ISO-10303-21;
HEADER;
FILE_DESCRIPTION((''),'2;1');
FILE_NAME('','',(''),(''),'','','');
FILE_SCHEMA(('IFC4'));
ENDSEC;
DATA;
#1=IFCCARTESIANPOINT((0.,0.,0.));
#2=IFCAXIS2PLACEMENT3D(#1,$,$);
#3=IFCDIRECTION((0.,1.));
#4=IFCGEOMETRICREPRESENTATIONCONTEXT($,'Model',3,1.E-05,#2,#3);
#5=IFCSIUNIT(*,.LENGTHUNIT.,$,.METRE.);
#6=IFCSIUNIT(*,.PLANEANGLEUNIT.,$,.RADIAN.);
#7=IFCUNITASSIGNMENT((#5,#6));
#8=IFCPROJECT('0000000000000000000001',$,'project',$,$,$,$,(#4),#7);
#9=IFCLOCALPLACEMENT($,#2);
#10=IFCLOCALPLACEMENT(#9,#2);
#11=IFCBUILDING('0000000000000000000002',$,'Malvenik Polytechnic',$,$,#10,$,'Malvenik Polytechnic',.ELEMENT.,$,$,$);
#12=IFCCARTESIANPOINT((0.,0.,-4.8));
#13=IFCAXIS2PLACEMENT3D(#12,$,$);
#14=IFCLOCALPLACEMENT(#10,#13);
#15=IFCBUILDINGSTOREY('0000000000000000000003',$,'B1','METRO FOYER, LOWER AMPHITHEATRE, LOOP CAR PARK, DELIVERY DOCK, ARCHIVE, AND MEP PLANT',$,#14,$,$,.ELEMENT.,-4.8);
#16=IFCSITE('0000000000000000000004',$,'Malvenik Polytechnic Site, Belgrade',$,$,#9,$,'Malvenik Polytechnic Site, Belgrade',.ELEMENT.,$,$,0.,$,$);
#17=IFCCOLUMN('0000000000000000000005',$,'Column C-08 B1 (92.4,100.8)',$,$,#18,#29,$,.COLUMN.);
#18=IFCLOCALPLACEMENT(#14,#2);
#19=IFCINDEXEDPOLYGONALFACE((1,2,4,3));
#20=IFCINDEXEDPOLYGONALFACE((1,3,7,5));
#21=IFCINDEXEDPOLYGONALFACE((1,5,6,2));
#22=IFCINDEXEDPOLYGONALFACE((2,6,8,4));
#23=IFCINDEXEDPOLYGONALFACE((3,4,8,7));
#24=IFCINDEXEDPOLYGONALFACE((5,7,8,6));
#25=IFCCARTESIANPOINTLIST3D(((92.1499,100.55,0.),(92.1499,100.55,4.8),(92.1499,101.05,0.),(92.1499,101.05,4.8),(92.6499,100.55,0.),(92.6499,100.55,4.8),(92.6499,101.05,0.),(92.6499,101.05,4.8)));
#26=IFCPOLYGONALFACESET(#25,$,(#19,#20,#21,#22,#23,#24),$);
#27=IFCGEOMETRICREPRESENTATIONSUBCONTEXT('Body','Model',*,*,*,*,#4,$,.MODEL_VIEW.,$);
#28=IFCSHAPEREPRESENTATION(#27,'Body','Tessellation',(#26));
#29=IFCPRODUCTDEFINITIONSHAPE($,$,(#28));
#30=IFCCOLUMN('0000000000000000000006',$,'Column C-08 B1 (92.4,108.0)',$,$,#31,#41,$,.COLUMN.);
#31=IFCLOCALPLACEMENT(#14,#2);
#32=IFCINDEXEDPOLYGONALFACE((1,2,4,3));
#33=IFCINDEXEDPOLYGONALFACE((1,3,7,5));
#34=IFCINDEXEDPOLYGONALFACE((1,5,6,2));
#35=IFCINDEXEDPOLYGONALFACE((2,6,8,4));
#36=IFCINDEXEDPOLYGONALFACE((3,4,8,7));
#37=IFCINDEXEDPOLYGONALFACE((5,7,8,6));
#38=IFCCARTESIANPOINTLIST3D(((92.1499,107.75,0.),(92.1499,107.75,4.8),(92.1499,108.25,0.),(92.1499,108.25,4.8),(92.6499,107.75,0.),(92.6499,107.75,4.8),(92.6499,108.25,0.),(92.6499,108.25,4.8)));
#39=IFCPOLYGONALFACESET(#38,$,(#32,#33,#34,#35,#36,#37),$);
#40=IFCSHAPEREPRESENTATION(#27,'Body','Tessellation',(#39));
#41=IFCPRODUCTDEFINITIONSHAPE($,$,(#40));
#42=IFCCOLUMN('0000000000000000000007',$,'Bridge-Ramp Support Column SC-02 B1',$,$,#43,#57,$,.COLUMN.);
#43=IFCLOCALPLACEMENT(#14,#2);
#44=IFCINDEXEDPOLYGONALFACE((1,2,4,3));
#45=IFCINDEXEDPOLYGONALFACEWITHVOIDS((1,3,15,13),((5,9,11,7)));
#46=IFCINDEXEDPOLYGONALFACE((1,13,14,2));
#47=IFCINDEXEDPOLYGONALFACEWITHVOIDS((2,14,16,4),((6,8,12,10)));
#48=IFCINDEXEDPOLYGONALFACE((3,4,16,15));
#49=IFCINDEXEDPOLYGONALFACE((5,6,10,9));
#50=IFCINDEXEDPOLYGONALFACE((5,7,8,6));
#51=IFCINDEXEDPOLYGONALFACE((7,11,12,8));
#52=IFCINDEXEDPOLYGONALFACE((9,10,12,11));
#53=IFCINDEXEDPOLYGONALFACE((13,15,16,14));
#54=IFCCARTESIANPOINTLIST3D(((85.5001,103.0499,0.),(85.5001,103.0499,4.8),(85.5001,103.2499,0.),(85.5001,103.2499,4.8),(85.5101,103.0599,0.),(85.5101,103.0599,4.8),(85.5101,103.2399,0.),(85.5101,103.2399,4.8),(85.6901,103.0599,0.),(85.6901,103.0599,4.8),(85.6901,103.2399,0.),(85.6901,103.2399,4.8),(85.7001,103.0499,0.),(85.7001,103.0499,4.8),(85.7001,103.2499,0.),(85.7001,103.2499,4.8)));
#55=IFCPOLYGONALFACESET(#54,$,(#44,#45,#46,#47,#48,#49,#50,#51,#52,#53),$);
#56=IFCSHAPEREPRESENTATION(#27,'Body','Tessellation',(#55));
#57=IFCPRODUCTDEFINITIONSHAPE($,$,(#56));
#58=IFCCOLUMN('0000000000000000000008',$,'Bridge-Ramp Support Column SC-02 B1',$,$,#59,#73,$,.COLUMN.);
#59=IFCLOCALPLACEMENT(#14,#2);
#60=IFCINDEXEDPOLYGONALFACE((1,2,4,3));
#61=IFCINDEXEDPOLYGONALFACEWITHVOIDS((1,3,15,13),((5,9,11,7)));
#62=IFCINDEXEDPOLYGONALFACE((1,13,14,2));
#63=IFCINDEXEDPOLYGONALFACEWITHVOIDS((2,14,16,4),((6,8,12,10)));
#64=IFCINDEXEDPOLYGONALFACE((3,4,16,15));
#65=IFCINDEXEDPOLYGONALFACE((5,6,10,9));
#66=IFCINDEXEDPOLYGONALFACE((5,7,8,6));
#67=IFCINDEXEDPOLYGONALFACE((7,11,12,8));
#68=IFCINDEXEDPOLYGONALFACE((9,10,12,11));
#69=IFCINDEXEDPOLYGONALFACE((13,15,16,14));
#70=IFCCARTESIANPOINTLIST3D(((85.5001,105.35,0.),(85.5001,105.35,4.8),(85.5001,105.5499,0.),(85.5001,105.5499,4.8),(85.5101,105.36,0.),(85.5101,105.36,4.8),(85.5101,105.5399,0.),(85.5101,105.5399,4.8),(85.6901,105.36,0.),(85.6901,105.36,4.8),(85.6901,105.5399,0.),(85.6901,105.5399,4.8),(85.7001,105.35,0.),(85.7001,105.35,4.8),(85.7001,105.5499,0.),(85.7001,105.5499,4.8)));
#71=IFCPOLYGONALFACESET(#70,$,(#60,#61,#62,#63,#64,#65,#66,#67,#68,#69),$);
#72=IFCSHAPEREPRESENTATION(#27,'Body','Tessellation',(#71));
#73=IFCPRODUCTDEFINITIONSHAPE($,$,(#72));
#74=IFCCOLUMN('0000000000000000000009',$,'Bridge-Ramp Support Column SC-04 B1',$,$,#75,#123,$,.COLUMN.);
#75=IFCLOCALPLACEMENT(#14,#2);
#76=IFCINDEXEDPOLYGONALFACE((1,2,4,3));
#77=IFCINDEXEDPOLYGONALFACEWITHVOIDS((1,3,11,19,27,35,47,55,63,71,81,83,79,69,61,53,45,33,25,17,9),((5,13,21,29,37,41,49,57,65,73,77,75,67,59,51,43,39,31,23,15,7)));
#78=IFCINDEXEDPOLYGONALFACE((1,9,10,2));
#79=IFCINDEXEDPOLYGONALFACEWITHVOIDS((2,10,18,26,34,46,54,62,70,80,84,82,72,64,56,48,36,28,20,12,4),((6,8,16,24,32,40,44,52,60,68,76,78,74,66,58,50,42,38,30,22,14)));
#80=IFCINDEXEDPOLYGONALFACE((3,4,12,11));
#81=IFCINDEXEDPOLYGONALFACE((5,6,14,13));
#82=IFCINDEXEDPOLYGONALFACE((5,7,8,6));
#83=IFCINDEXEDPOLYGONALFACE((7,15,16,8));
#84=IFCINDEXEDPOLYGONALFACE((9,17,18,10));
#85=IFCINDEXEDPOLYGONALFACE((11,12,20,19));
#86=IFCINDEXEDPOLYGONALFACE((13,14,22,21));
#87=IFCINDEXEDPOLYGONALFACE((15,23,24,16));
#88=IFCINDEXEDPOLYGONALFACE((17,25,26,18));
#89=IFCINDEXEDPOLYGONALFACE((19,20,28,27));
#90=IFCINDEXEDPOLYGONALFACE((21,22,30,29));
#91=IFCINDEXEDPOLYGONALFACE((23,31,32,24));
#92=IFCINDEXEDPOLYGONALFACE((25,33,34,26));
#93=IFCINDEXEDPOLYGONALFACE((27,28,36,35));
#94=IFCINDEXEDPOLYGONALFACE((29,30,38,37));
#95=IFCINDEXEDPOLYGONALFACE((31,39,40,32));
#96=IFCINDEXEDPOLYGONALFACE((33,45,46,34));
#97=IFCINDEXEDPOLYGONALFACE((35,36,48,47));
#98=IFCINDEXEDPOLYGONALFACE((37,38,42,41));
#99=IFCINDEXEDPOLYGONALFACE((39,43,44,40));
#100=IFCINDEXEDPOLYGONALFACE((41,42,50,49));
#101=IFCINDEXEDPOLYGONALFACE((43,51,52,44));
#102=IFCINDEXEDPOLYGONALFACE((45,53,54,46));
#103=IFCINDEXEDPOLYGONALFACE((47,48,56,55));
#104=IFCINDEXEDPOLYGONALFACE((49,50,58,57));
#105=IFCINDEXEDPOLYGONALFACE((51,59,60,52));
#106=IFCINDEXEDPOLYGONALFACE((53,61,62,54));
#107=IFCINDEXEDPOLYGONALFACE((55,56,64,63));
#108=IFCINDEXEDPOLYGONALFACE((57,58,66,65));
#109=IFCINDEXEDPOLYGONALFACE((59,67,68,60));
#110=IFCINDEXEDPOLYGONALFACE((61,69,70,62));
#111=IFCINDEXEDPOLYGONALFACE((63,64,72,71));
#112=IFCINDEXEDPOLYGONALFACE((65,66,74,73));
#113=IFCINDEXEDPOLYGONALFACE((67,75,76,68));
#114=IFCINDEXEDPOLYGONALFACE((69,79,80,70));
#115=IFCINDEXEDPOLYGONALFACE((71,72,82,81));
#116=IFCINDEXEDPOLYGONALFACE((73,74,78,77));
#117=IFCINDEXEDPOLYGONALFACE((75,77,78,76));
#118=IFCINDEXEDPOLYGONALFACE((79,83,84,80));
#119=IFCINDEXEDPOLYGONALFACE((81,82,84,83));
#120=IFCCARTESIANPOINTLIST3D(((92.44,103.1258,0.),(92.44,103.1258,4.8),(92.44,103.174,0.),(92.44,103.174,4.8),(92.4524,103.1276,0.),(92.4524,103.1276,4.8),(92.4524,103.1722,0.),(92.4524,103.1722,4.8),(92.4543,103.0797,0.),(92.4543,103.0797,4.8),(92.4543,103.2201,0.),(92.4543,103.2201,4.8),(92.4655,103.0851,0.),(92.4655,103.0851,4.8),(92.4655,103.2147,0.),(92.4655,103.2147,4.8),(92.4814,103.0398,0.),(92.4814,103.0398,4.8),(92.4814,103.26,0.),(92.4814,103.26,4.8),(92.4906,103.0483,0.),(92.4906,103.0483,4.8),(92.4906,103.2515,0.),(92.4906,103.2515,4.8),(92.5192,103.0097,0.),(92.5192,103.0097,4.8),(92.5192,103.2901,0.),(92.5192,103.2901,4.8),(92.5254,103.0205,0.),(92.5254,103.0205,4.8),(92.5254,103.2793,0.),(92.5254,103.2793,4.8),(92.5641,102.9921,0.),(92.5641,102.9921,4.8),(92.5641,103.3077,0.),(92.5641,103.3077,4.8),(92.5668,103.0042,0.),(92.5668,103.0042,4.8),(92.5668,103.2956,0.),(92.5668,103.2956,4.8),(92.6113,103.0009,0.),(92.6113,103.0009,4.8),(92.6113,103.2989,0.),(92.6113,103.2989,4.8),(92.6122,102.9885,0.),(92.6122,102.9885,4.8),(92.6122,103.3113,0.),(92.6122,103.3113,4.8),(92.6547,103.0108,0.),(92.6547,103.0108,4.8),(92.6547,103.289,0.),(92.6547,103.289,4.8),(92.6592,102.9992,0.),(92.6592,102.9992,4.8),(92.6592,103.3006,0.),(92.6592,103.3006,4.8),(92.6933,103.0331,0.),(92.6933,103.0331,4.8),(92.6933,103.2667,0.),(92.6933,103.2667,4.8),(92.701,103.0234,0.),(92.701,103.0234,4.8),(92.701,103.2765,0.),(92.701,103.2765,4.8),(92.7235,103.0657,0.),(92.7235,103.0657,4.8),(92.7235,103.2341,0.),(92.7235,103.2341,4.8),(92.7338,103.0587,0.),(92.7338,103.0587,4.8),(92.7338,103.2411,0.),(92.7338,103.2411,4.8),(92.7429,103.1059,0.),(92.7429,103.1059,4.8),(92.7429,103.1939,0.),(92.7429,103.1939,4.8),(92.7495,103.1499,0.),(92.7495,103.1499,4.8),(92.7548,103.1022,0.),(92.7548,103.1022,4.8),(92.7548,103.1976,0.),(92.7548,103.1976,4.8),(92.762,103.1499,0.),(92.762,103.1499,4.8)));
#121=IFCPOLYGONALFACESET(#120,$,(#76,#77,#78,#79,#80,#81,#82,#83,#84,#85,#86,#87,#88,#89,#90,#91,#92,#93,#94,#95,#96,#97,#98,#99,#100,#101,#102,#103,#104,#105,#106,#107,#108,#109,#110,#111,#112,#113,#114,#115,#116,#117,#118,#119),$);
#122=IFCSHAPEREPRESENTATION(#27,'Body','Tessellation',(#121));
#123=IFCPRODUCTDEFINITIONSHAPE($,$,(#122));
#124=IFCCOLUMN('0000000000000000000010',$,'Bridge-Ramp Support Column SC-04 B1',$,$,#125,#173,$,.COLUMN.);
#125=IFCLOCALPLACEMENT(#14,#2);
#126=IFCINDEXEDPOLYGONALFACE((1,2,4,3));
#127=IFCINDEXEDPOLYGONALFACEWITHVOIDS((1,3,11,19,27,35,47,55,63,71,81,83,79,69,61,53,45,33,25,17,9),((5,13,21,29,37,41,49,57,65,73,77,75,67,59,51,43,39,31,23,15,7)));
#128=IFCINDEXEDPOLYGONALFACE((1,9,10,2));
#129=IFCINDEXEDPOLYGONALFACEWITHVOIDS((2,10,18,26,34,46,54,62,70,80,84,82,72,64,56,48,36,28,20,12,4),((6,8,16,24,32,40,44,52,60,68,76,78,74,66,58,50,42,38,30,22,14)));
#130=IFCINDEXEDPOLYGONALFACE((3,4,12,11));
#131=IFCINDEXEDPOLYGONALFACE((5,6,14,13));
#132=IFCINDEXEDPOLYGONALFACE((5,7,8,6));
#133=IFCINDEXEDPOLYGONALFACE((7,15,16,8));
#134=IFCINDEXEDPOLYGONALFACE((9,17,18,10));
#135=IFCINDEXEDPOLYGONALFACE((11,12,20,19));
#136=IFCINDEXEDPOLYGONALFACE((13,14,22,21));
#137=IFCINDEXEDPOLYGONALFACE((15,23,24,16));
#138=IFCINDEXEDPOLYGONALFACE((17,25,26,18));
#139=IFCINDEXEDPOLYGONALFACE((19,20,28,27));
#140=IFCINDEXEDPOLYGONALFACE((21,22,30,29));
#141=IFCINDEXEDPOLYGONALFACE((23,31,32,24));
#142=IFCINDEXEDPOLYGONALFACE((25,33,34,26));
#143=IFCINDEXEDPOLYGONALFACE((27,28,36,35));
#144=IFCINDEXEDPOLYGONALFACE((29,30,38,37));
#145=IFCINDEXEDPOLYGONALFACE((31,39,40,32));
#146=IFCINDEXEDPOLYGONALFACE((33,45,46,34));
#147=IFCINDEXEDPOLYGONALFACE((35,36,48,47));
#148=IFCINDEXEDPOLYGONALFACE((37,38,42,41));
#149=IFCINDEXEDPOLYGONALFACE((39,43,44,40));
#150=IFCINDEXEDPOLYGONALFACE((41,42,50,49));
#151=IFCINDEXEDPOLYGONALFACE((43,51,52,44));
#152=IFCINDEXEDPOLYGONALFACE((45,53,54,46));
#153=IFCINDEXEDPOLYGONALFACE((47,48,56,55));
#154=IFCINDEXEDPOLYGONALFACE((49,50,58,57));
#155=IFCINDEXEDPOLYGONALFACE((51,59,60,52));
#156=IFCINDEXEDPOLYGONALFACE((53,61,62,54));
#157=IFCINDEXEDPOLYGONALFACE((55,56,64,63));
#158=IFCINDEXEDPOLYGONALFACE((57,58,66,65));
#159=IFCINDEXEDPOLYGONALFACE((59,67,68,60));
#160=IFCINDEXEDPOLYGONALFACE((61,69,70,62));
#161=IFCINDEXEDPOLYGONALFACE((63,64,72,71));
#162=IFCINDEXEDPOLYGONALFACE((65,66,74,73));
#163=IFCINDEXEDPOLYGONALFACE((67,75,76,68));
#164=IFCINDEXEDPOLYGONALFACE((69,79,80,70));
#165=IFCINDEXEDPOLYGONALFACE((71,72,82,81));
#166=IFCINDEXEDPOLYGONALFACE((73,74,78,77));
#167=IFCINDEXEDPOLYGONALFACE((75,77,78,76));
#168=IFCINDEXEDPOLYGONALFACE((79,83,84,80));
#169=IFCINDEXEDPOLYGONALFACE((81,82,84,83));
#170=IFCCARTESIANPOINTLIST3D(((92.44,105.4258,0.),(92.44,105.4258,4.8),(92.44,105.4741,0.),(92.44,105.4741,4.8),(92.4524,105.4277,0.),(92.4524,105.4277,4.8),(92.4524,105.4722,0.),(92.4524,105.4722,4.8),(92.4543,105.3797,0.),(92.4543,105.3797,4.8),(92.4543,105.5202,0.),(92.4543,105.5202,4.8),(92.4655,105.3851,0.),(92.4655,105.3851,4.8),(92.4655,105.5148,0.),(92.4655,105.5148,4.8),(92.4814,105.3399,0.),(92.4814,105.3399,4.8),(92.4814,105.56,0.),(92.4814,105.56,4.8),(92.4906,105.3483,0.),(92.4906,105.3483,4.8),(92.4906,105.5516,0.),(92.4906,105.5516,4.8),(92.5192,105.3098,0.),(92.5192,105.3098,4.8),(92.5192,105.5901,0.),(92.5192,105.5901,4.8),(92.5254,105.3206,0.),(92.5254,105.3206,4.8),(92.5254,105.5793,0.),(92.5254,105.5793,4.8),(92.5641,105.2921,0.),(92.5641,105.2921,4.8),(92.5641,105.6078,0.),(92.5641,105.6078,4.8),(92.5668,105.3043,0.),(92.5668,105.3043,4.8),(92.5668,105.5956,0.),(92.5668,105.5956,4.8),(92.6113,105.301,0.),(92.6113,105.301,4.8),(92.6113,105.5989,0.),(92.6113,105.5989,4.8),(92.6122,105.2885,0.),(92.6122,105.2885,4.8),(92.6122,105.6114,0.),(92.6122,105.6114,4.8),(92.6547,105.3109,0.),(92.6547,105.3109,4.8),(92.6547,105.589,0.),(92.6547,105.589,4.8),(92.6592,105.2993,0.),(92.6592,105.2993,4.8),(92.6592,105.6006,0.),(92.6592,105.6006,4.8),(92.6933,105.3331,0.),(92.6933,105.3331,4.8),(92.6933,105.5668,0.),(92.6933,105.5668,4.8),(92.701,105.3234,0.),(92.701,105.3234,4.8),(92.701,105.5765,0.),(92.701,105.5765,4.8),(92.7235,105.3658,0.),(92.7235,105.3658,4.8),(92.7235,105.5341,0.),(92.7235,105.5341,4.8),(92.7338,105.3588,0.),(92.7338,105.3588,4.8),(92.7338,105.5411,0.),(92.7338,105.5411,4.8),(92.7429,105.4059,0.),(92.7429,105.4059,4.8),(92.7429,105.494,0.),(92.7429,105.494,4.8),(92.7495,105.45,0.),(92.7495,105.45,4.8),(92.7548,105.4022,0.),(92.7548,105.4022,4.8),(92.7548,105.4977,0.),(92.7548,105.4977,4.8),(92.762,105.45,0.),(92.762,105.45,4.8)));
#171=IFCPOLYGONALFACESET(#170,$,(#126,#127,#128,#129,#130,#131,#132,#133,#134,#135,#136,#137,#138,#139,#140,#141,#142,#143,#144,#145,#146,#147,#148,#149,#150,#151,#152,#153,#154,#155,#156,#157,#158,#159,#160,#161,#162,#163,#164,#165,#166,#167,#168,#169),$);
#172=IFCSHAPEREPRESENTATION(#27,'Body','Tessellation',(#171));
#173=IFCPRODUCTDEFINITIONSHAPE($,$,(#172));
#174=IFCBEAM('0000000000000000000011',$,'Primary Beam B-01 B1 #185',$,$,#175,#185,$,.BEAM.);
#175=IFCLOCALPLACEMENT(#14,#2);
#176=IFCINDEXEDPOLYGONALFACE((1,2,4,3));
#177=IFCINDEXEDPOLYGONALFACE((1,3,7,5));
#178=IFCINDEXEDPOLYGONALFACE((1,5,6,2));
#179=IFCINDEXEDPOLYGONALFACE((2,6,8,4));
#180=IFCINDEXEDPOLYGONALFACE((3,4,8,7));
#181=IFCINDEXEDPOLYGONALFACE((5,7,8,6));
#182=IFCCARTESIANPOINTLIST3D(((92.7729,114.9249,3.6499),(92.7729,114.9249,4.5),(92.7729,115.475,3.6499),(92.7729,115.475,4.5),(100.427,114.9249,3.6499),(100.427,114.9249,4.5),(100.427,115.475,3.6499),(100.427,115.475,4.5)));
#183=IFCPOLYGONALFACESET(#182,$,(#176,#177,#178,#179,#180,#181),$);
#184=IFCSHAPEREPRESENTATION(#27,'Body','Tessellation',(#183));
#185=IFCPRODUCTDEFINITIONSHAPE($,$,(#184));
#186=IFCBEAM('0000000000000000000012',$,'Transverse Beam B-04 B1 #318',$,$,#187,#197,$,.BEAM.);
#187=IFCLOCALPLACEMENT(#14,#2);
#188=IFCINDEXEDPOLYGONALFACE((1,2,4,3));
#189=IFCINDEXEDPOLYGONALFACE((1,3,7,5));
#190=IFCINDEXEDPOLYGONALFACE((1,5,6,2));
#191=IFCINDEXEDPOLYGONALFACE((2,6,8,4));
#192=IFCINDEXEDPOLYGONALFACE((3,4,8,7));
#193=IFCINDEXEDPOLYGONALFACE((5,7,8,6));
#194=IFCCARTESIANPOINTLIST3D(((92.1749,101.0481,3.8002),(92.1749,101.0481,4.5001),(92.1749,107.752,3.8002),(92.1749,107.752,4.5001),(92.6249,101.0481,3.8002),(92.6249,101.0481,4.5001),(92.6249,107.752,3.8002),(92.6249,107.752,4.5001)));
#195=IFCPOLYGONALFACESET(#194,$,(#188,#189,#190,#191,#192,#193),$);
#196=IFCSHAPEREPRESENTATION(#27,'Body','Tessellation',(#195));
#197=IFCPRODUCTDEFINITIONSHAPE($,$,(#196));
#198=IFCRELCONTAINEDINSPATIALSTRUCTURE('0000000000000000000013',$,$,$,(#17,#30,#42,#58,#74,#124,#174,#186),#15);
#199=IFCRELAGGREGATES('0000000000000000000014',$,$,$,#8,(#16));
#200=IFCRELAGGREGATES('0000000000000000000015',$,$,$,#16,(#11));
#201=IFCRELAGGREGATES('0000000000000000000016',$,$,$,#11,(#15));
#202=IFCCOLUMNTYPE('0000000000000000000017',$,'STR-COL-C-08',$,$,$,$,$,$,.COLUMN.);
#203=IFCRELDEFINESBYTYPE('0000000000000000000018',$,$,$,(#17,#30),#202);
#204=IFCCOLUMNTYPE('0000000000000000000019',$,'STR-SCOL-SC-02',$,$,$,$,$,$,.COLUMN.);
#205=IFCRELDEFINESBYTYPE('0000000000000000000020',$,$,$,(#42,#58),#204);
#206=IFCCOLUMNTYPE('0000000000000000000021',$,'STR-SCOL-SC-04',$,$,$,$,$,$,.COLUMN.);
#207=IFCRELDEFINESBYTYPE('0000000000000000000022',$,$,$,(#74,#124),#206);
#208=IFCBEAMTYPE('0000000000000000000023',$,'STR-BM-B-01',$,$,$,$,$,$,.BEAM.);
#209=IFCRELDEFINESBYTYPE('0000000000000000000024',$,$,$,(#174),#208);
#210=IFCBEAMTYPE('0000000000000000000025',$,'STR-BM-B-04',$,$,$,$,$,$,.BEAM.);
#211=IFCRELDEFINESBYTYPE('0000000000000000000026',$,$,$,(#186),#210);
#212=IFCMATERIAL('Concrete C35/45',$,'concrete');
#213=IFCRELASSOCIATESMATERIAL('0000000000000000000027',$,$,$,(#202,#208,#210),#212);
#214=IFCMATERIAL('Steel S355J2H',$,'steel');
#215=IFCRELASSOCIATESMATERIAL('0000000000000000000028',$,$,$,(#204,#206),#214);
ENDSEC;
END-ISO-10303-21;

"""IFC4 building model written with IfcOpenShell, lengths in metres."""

from ifc_helpers import new_model, si_unit, direction, frame, origin, origin_2d, place, context, subcontext, project, spatial, rectangle, hollow_rectangle, hollow_circle, extrude, material, material_profile, profile_set, type_object, element, save


model = new_model("IFC4")

# Units and contexts
model_context = context("Model", 3, precision=1e-05, world=origin(), true_north=direction((0.0, 1.0)))
body_context = subcontext(model_context, "Body", "Model", "MODEL_VIEW")
ifc_project = project(units=[si_unit("LENGTHUNIT", "METRE"), si_unit("PLANEANGLEUNIT", "RADIAN")], contexts=[model_context])

# Site, building, storey
site_placement = place(None, origin())
site = spatial("IfcSite", under=ifc_project, at=site_placement, Name="Malvenik Polytechnic Site, Belgrade", LongName="Malvenik Polytechnic Site, Belgrade", CompositionType="ELEMENT", RefElevation=0.0)
building_placement = place(site_placement, origin())
building = spatial("IfcBuilding", under=site, at=building_placement, Name="Malvenik Polytechnic", LongName="Malvenik Polytechnic", CompositionType="ELEMENT")
storey_placement = place(building_placement, frame((0.0, 0.0, -4.8)))
storey = spatial("IfcBuildingStorey", under=building, at=storey_placement, Name="B1", Description="METRO FOYER, LOWER AMPHITHEATRE, LOOP CAR PARK, DELIVERY DOCK, ARCHIVE, AND MEP PLANT", CompositionType="ELEMENT", Elevation=-4.8)

# Shared definitions
ifc_material_1 = material(Name="Concrete C35/45", Category="concrete")

# Columns
ifc_material_profile_1 = material_profile(ifc_material_1, rectangle(XDim=0.5, YDim=0.5, at=origin_2d()), Name="RC COL 500x500")
ifc_profile_set_1 = profile_set([ifc_material_profile_1], Name="Concrete C35/45")
column_type_1 = type_object("IfcColumnType", Name="STR-COL-C-08", PredefinedType="COLUMN", material=ifc_profile_set_1)
for number, where, z_axis, x_axis, name in (
    (1, (92.3999, 100.8, 0.0), (0.0, 0.0, 1.0), (1.0, 0.0, 0.0), "Column C-08 B1 (92.4,100.8)"),
    (2, (92.3999, 108.0, 0.0), (0.0, 0.0, 1.0), (1.0, 0.0, 0.0), "Column C-08 B1 (92.4,108.0)"),
):
    element("IfcColumn", number, at=place(storey_placement, frame(where, z_axis=z_axis, x_axis=x_axis)), inside=storey, type_object=column_type_1, Name=name, PredefinedType="COLUMN", context=body_context, shape_type="SweptSolid", body=[
        extrude(rectangle(XDim=0.5, YDim=0.5, at=origin_2d()), origin(), (0.0, 0.0, 1.0), 4.8),
    ])
ifc_material_2 = material(Name="Steel S355J2H", Category="steel")
ifc_material_profile_2 = material_profile(ifc_material_2, hollow_rectangle(XDim=0.2, YDim=0.2, WallThickness=0.01, at=origin_2d()), Name="SHS 200x200x10.0")
ifc_profile_set_2 = profile_set([ifc_material_profile_2], Name="Steel S355J2H")
column_type_2 = type_object("IfcColumnType", Name="STR-SCOL-SC-02", PredefinedType="COLUMN", material=ifc_profile_set_2)
for number, where, z_axis, x_axis, name in (
    (3, (85.6001, 103.1499, 0.0), (0.0, 0.0, 1.0), (1.0, 0.0, 0.0), "Bridge-Ramp Support Column SC-02 B1"),
    (4, (85.6001, 105.45, 0.0), (0.0, 0.0, 1.0), (1.0, 0.0, 0.0), "Bridge-Ramp Support Column SC-02 B1"),
):
    element("IfcColumn", number, at=place(storey_placement, frame(where, z_axis=z_axis, x_axis=x_axis)), inside=storey, type_object=column_type_2, Name=name, PredefinedType="COLUMN", context=body_context, shape_type="SweptSolid", body=[
        extrude(hollow_rectangle(XDim=0.2, YDim=0.2, WallThickness=0.01, at=origin_2d()), origin(), (0.0, 0.0, 1.0), 4.8),
    ])
ifc_material_profile_3 = material_profile(ifc_material_2, hollow_circle(Radius=0.1619, WallThickness=0.0125, at=origin_2d()), Name="CHS 323.9x12.5")
ifc_profile_set_3 = profile_set([ifc_material_profile_3], Name="Steel S355J2H")
column_type_3 = type_object("IfcColumnType", Name="STR-SCOL-SC-04", PredefinedType="COLUMN", material=ifc_profile_set_3)
for number, where, z_axis, x_axis, name in (
    (5, (92.6001, 103.1499, 0.0), (0.0, 0.0, 1.0), (1.0, 0.0, 0.0), "Bridge-Ramp Support Column SC-04 B1"),
    (6, (92.6001, 105.45, 0.0), (0.0, 0.0, 1.0), (1.0, 0.0, 0.0), "Bridge-Ramp Support Column SC-04 B1"),
):
    element("IfcColumn", number, at=place(storey_placement, frame(where, z_axis=z_axis, x_axis=x_axis)), inside=storey, type_object=column_type_3, Name=name, PredefinedType="COLUMN", context=body_context, shape_type="SweptSolid", body=[
        extrude(hollow_circle(Radius=0.1619, WallThickness=0.0125, at=origin_2d()), origin(), (0.0, 0.0, 1.0), 4.8),
    ])

# Beams
ifc_material_profile_4 = material_profile(ifc_material_1, rectangle(XDim=0.55, YDim=0.8501, at=origin_2d()), Name="RC BM 550x850")
ifc_profile_set_4 = profile_set([ifc_material_profile_4], Name="Concrete C35/45")
beam_type_1 = type_object("IfcBeamType", Name="STR-BM-B-01", PredefinedType="BEAM", material=ifc_profile_set_4)
beam_1_placement = place(storey_placement, frame((92.7729, 115.2, 4.075), z_axis=(1.0, 0.0, 0.0), x_axis=(0.0, 1.0, 0.0)))
element("IfcBeam", 7, at=beam_1_placement, inside=storey, type_object=beam_type_1, Name="Primary Beam B-01 B1 #185", PredefinedType="BEAM", context=body_context, shape_type="SweptSolid", body=[
    extrude(rectangle(XDim=0.55, YDim=0.8501, at=origin_2d()), origin(), (0.0, 0.0, 1.0), 7.6541),
])
ifc_material_profile_5 = material_profile(ifc_material_1, rectangle(XDim=0.45, YDim=0.7, at=origin_2d()), Name="RC BM 450x700")
ifc_profile_set_5 = profile_set([ifc_material_profile_5], Name="Concrete C35/45")
beam_type_2 = type_object("IfcBeamType", Name="STR-BM-B-04", PredefinedType="BEAM", material=ifc_profile_set_5)
beam_2_placement = place(storey_placement, frame((92.3999, 101.0481, 4.1501), z_axis=(0.0, 1.0, 0.0), x_axis=(-1.0, 0.0, 0.0)))
element("IfcBeam", 8, at=beam_2_placement, inside=storey, type_object=beam_type_2, Name="Transverse Beam B-04 B1 #318", PredefinedType="BEAM", context=body_context, shape_type="SweptSolid", body=[
    extrude(rectangle(XDim=0.45, YDim=0.7, at=origin_2d()), origin(), (0.0, 0.0, 1.0), 6.7039),
])

save(model, "model.ifc")
